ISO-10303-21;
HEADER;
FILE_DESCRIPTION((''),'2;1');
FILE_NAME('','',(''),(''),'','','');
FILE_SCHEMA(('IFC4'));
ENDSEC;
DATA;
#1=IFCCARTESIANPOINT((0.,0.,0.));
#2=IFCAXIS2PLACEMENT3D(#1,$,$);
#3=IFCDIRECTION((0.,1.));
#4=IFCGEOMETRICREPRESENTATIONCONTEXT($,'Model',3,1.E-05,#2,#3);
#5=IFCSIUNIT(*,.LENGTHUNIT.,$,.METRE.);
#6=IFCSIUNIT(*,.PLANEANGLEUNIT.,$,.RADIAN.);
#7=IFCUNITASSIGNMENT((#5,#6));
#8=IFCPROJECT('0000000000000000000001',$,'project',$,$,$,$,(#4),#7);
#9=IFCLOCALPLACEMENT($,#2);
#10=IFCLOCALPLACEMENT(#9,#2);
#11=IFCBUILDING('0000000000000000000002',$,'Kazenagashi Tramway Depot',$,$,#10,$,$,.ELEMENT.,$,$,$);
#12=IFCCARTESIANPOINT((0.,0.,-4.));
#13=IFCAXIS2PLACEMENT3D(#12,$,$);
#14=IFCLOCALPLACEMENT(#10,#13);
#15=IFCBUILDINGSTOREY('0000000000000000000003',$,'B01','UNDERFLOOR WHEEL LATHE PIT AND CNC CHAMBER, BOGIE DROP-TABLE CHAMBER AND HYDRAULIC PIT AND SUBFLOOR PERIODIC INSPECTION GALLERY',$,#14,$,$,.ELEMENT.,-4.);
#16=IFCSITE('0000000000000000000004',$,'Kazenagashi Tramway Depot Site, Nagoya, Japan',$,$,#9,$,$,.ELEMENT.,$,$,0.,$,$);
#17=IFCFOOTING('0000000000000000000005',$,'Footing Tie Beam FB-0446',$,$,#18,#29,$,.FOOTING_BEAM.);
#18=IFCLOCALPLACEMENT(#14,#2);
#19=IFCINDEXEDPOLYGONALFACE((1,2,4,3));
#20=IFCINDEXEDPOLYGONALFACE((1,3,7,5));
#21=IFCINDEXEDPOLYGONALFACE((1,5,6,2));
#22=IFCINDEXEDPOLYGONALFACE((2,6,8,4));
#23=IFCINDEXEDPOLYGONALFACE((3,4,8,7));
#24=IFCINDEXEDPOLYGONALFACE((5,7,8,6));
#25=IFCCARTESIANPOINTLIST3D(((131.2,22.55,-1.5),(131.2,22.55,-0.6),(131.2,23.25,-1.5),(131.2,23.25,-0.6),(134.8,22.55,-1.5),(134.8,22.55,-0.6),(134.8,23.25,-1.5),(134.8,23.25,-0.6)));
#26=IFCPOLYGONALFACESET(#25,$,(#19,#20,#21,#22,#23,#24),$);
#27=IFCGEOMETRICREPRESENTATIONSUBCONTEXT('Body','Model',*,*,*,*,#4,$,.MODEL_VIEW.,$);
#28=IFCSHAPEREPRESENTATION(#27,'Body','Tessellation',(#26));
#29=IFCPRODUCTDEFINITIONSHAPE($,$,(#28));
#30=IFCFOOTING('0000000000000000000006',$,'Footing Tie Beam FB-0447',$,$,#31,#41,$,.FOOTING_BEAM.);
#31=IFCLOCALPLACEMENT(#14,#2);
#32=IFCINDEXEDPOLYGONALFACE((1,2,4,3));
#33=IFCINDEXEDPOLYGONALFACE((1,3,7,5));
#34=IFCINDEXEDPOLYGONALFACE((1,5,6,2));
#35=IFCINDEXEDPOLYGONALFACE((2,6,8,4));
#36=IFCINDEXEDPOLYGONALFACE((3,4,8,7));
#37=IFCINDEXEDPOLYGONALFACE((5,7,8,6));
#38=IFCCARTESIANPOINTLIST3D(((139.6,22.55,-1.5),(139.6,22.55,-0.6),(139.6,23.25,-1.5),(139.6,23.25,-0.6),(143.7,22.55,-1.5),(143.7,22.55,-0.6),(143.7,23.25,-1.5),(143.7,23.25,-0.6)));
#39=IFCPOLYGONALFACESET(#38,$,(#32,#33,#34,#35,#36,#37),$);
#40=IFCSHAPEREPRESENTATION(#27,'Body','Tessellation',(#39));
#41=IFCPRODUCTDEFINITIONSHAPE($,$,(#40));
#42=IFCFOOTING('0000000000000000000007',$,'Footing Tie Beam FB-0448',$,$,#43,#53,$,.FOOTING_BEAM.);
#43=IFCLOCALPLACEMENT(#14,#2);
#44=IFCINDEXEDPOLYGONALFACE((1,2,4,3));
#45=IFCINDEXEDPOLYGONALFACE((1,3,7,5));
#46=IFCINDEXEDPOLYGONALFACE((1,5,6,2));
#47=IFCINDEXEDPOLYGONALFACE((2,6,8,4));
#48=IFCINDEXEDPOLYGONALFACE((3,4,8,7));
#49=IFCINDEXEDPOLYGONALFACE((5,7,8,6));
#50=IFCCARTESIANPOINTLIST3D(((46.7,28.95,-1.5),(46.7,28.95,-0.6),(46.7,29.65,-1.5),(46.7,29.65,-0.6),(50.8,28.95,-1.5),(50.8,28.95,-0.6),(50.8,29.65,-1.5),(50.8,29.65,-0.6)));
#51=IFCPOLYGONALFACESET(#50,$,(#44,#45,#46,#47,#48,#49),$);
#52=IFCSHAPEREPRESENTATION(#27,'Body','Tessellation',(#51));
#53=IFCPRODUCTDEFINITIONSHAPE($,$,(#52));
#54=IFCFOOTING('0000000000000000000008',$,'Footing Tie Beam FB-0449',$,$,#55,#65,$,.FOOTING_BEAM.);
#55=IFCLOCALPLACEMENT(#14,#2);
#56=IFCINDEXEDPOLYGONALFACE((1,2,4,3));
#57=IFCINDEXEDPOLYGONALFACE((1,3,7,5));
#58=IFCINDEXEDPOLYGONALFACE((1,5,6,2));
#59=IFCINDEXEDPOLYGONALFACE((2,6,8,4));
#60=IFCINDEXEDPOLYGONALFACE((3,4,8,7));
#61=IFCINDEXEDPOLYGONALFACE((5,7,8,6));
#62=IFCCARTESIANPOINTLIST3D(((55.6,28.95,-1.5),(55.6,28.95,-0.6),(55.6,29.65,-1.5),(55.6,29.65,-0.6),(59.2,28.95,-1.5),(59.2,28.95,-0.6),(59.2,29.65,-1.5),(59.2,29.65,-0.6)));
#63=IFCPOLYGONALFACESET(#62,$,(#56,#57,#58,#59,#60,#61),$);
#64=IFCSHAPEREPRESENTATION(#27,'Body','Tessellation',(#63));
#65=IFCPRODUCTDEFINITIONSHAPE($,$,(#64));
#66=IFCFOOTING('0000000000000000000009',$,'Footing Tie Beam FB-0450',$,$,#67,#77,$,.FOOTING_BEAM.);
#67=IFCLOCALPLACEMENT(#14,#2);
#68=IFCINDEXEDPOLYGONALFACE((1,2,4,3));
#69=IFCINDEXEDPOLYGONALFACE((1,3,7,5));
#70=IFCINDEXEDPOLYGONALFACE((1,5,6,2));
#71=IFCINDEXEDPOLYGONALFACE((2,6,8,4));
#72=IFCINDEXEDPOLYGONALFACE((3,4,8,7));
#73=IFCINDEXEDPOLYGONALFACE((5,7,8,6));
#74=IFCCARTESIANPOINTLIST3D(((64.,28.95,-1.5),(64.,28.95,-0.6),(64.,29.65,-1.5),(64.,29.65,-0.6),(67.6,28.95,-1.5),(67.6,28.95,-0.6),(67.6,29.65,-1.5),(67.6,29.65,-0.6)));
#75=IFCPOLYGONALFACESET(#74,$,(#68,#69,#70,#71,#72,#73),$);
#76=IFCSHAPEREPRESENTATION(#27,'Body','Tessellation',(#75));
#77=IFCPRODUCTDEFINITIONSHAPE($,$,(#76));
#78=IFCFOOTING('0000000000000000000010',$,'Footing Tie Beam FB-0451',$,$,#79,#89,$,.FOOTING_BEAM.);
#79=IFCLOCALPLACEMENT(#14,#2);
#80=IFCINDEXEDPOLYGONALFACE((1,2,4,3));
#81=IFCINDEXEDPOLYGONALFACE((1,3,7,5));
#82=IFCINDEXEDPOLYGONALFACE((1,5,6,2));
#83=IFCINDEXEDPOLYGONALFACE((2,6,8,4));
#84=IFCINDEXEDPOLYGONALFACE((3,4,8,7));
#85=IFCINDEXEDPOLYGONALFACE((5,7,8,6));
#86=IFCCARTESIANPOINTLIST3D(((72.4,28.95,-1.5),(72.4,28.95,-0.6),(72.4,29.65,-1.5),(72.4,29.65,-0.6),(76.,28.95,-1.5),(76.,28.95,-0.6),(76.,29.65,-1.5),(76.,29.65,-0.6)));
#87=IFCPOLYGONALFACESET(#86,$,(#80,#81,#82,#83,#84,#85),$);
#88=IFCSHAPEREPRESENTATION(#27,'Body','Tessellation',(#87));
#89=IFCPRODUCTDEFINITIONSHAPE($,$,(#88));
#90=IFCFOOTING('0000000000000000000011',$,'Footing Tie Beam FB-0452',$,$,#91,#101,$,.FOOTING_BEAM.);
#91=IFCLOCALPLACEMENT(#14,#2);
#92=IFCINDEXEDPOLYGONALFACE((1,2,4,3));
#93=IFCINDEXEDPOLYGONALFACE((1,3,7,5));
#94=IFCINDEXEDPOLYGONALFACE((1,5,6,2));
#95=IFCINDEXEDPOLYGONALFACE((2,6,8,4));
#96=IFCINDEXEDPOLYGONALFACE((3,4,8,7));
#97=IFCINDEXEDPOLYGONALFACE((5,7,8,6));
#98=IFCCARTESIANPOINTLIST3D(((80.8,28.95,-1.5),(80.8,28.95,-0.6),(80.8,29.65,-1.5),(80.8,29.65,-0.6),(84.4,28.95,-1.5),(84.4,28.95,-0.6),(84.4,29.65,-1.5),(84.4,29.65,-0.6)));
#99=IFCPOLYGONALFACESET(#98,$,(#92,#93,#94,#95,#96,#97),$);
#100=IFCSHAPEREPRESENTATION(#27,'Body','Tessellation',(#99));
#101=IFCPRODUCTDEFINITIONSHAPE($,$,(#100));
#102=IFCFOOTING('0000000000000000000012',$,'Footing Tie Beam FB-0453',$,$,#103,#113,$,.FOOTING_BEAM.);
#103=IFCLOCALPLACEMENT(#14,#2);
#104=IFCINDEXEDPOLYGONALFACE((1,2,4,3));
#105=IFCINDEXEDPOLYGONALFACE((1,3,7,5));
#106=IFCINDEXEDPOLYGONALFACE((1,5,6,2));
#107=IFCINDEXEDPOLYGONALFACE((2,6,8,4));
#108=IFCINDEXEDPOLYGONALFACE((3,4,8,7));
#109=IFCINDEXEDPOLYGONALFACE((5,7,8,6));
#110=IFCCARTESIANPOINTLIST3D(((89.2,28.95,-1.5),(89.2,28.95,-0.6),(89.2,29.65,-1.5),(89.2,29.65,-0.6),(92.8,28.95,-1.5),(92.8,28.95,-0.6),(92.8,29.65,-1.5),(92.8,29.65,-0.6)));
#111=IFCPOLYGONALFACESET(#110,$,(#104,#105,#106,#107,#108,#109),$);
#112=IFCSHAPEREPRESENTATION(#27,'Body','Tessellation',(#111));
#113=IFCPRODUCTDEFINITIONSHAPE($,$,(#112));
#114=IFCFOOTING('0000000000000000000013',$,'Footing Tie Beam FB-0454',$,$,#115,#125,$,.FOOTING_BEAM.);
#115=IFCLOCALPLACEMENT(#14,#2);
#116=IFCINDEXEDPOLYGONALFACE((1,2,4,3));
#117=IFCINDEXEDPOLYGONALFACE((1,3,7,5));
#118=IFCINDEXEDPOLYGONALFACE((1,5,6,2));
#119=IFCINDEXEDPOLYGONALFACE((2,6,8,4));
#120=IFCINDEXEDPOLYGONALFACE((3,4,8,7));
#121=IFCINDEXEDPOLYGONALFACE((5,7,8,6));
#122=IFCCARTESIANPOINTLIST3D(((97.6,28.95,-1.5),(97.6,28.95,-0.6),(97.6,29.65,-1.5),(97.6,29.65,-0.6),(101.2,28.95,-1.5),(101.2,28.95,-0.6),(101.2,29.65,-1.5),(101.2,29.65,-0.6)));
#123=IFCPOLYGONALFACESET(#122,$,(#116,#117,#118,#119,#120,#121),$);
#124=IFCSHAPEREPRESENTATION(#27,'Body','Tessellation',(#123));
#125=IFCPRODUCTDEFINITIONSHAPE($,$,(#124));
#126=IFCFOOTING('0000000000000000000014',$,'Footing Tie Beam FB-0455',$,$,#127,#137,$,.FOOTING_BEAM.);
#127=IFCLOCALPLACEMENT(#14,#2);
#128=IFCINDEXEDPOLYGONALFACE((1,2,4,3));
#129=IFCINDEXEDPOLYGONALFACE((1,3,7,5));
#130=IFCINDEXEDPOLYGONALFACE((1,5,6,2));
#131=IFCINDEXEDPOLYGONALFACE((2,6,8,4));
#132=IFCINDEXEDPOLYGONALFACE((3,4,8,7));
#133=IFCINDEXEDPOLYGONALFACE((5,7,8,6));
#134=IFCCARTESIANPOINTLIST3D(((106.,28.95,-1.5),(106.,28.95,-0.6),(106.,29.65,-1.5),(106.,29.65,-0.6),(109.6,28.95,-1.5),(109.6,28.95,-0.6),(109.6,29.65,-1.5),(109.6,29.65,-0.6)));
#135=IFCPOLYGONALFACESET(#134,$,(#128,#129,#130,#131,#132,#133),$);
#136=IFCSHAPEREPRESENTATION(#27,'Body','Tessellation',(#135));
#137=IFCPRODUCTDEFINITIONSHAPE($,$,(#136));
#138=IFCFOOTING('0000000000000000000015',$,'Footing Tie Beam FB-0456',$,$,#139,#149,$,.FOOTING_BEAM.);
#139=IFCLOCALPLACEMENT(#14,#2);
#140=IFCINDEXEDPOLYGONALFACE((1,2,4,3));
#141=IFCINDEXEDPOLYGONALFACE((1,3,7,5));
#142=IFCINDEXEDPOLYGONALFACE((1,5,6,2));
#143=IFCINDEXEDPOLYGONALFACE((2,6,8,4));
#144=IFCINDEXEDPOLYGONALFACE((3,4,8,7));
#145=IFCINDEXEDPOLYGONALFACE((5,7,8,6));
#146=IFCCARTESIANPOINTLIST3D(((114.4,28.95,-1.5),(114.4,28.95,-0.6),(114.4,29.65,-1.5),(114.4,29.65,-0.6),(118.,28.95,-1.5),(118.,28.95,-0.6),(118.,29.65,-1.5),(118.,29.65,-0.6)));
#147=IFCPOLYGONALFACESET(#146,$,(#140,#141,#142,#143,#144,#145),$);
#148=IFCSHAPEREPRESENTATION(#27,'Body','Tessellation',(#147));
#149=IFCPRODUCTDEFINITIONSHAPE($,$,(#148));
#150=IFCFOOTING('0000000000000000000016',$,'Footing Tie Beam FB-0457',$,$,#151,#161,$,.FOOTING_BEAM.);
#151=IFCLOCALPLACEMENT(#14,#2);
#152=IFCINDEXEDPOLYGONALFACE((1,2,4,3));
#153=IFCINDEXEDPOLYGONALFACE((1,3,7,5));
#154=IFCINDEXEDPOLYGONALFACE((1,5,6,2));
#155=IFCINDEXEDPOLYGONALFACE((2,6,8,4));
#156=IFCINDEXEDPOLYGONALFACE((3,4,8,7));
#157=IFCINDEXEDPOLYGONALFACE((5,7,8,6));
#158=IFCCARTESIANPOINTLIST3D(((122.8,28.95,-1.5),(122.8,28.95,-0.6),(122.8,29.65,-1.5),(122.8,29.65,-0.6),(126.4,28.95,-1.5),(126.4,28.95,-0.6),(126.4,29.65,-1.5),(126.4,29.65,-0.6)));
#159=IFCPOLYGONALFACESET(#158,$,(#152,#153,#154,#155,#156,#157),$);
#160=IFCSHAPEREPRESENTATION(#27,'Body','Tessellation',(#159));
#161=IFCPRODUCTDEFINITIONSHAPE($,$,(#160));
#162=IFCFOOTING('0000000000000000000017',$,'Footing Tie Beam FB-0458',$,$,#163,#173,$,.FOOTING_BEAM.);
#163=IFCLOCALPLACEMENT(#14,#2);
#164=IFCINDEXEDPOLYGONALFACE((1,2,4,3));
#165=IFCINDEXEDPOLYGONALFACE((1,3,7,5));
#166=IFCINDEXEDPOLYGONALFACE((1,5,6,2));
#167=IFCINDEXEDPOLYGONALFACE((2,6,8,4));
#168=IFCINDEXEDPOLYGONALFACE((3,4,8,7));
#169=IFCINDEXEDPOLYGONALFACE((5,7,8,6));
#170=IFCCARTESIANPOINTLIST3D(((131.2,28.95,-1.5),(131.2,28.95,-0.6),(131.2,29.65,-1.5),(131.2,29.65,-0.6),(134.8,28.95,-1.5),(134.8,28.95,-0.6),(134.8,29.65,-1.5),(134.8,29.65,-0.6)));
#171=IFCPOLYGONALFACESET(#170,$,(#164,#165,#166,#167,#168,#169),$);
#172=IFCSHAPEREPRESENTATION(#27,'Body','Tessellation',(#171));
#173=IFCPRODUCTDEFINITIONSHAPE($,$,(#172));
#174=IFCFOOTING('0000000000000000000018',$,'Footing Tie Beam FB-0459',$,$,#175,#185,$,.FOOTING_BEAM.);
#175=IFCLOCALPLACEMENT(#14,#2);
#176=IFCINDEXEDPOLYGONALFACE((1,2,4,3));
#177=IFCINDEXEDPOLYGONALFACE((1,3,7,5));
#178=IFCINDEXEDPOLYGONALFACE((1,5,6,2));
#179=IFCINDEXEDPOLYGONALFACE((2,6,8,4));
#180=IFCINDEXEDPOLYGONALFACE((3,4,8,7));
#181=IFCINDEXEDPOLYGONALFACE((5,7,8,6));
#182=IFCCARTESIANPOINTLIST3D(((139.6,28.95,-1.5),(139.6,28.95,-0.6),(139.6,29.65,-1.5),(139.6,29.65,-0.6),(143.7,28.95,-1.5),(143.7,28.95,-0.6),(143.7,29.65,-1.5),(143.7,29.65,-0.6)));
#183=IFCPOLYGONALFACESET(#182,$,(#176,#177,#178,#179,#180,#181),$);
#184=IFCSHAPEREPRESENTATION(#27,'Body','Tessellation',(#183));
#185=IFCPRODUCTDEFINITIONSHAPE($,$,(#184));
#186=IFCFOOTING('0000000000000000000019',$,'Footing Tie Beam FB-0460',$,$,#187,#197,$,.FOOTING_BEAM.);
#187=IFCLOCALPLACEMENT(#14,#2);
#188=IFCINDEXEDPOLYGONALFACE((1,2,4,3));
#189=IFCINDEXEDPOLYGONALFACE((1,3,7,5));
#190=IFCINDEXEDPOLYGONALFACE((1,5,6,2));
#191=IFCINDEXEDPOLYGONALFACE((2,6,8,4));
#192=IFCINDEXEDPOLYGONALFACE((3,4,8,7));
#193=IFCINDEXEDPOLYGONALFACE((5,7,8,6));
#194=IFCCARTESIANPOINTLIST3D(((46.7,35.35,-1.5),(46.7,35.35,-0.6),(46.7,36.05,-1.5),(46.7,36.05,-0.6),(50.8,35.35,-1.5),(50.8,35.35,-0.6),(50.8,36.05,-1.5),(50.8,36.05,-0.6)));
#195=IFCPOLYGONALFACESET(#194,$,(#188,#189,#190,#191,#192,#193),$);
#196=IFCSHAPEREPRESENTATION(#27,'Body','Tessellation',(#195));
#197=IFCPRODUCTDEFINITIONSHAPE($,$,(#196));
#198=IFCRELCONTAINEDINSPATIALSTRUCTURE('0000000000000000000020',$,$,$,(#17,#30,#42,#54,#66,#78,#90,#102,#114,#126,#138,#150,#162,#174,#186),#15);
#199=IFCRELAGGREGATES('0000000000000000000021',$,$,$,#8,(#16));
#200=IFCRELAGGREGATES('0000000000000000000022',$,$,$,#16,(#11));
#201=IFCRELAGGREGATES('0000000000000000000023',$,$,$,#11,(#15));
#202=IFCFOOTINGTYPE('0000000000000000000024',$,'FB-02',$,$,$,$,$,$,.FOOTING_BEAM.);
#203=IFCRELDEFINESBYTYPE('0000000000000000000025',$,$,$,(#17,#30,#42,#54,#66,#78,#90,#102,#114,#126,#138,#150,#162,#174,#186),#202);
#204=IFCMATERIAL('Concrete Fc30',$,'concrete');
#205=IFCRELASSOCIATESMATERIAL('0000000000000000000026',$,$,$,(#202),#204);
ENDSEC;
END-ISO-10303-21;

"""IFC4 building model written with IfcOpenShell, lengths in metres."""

from ifc_helpers import new_model, si_unit, direction, frame, origin, place, context, subcontext, project, spatial, polyline, outline, extrude, material, type_object, element, save


model = new_model("IFC4")

# Units and contexts
model_context = context("Model", 3, precision=1e-05, world=origin(), true_north=direction((0.0, 1.0)))
body_context = subcontext(model_context, "Body", "Model", "MODEL_VIEW")
ifc_project = project(units=[si_unit("LENGTHUNIT", "METRE"), si_unit("PLANEANGLEUNIT", "RADIAN")], contexts=[model_context])

# Site, building, storey
site_placement = place(None, origin())
site = spatial("IfcSite", under=ifc_project, at=site_placement, Name="Kazenagashi Tramway Depot Site, Nagoya, Japan", CompositionType="ELEMENT", RefElevation=0.0)
building_placement = place(site_placement, origin())
building = spatial("IfcBuilding", under=site, at=building_placement, Name="Kazenagashi Tramway Depot", CompositionType="ELEMENT")
storey_placement = place(building_placement, frame((0.0, 0.0, -4.0)))
storey = spatial("IfcBuildingStorey", under=building, at=storey_placement, Name="B01", Description="UNDERFLOOR WHEEL LATHE PIT AND CNC CHAMBER, BOGIE DROP-TABLE CHAMBER AND HYDRAULIC PIT AND SUBFLOOR PERIODIC INSPECTION GALLERY", CompositionType="ELEMENT", Elevation=-4.0)

# Footings
ifc_material = material(Name="Concrete Fc30", Category="concrete")
footing_type = type_object("IfcFootingType", Name="FB-02", PredefinedType="FOOTING_BEAM", material=ifc_material)
footing_1_placement = place(storey_placement, frame((0.0, 0.0, -1.5)))
element("IfcFooting", 1, at=footing_1_placement, inside=storey, type_object=footing_type, Name="Footing Tie Beam FB-0446", PredefinedType="FOOTING_BEAM", context=body_context, shape_type="SweptSolid", body=[
    extrude(outline(polyline([(131.2, 22.55), (134.8, 22.55), (134.8, 23.25), (131.2, 23.25), (131.2, 22.55)])), origin(), (0.0, 0.0, 1.0), 0.9),
])
footing_2_placement = place(storey_placement, frame((0.0, 0.0, -1.5)))
element("IfcFooting", 2, at=footing_2_placement, inside=storey, type_object=footing_type, Name="Footing Tie Beam FB-0447", PredefinedType="FOOTING_BEAM", context=body_context, shape_type="SweptSolid", body=[
    extrude(outline(polyline([(139.6, 22.55), (143.7, 22.55), (143.7, 23.25), (139.6, 23.25), (139.6, 22.55)])), origin(), (0.0, 0.0, 1.0), 0.9),
])
footing_3_placement = place(storey_placement, frame((0.0, 0.0, -1.5)))
element("IfcFooting", 3, at=footing_3_placement, inside=storey, type_object=footing_type, Name="Footing Tie Beam FB-0448", PredefinedType="FOOTING_BEAM", context=body_context, shape_type="SweptSolid", body=[
    extrude(outline(polyline([(46.7, 28.95), (50.8, 28.95), (50.8, 29.65), (46.7, 29.65), (46.7, 28.95)])), origin(), (0.0, 0.0, 1.0), 0.9),
])
footing_4_placement = place(storey_placement, frame((0.0, 0.0, -1.5)))
element("IfcFooting", 4, at=footing_4_placement, inside=storey, type_object=footing_type, Name="Footing Tie Beam FB-0449", PredefinedType="FOOTING_BEAM", context=body_context, shape_type="SweptSolid", body=[
    extrude(outline(polyline([(55.6, 28.95), (59.2, 28.95), (59.2, 29.65), (55.6, 29.65), (55.6, 28.95)])), origin(), (0.0, 0.0, 1.0), 0.9),
])
footing_5_placement = place(storey_placement, frame((0.0, 0.0, -1.5)))
element("IfcFooting", 5, at=footing_5_placement, inside=storey, type_object=footing_type, Name="Footing Tie Beam FB-0450", PredefinedType="FOOTING_BEAM", context=body_context, shape_type="SweptSolid", body=[
    extrude(outline(polyline([(64.0, 28.95), (67.6, 28.95), (67.6, 29.65), (64.0, 29.65), (64.0, 28.95)])), origin(), (0.0, 0.0, 1.0), 0.9),
])
footing_6_placement = place(storey_placement, frame((0.0, 0.0, -1.5)))
element("IfcFooting", 6, at=footing_6_placement, inside=storey, type_object=footing_type, Name="Footing Tie Beam FB-0451", PredefinedType="FOOTING_BEAM", context=body_context, shape_type="SweptSolid", body=[
    extrude(outline(polyline([(72.4, 28.95), (76.0, 28.95), (76.0, 29.65), (72.4, 29.65), (72.4, 28.95)])), origin(), (0.0, 0.0, 1.0), 0.9),
])
footing_7_placement = place(storey_placement, frame((0.0, 0.0, -1.5)))
element("IfcFooting", 7, at=footing_7_placement, inside=storey, type_object=footing_type, Name="Footing Tie Beam FB-0452", PredefinedType="FOOTING_BEAM", context=body_context, shape_type="SweptSolid", body=[
    extrude(outline(polyline([(80.8, 28.95), (84.4, 28.95), (84.4, 29.65), (80.8, 29.65), (80.8, 28.95)])), origin(), (0.0, 0.0, 1.0), 0.9),
])
footing_8_placement = place(storey_placement, frame((0.0, 0.0, -1.5)))
element("IfcFooting", 8, at=footing_8_placement, inside=storey, type_object=footing_type, Name="Footing Tie Beam FB-0453", PredefinedType="FOOTING_BEAM", context=body_context, shape_type="SweptSolid", body=[
    extrude(outline(polyline([(89.2, 28.95), (92.8, 28.95), (92.8, 29.65), (89.2, 29.65), (89.2, 28.95)])), origin(), (0.0, 0.0, 1.0), 0.9),
])
footing_9_placement = place(storey_placement, frame((0.0, 0.0, -1.5)))
element("IfcFooting", 9, at=footing_9_placement, inside=storey, type_object=footing_type, Name="Footing Tie Beam FB-0454", PredefinedType="FOOTING_BEAM", context=body_context, shape_type="SweptSolid", body=[
    extrude(outline(polyline([(97.6, 28.95), (101.2, 28.95), (101.2, 29.65), (97.6, 29.65), (97.6, 28.95)])), origin(), (0.0, 0.0, 1.0), 0.9),
])
footing_10_placement = place(storey_placement, frame((0.0, 0.0, -1.5)))
element("IfcFooting", 10, at=footing_10_placement, inside=storey, type_object=footing_type, Name="Footing Tie Beam FB-0455", PredefinedType="FOOTING_BEAM", context=body_context, shape_type="SweptSolid", body=[
    extrude(outline(polyline([(106.0, 28.95), (109.6, 28.95), (109.6, 29.65), (106.0, 29.65), (106.0, 28.95)])), origin(), (0.0, 0.0, 1.0), 0.9),
])
footing_11_placement = place(storey_placement, frame((0.0, 0.0, -1.5)))
element("IfcFooting", 11, at=footing_11_placement, inside=storey, type_object=footing_type, Name="Footing Tie Beam FB-0456", PredefinedType="FOOTING_BEAM", context=body_context, shape_type="SweptSolid", body=[
    extrude(outline(polyline([(114.4, 28.95), (118.0, 28.95), (118.0, 29.65), (114.4, 29.65), (114.4, 28.95)])), origin(), (0.0, 0.0, 1.0), 0.9),
])
footing_12_placement = place(storey_placement, frame((0.0, 0.0, -1.5)))
element("IfcFooting", 12, at=footing_12_placement, inside=storey, type_object=footing_type, Name="Footing Tie Beam FB-0457", PredefinedType="FOOTING_BEAM", context=body_context, shape_type="SweptSolid", body=[
    extrude(outline(polyline([(122.8, 28.95), (126.4, 28.95), (126.4, 29.65), (122.8, 29.65), (122.8, 28.95)])), origin(), (0.0, 0.0, 1.0), 0.9),
])
footing_13_placement = place(storey_placement, frame((0.0, 0.0, -1.5)))
element("IfcFooting", 13, at=footing_13_placement, inside=storey, type_object=footing_type, Name="Footing Tie Beam FB-0458", PredefinedType="FOOTING_BEAM", context=body_context, shape_type="SweptSolid", body=[
    extrude(outline(polyline([(131.2, 28.95), (134.8, 28.95), (134.8, 29.65), (131.2, 29.65), (131.2, 28.95)])), origin(), (0.0, 0.0, 1.0), 0.9),
])
footing_14_placement = place(storey_placement, frame((0.0, 0.0, -1.5)))
element("IfcFooting", 14, at=footing_14_placement, inside=storey, type_object=footing_type, Name="Footing Tie Beam FB-0459", PredefinedType="FOOTING_BEAM", context=body_context, shape_type="SweptSolid", body=[
    extrude(outline(polyline([(139.6, 28.95), (143.7, 28.95), (143.7, 29.65), (139.6, 29.65), (139.6, 28.95)])), origin(), (0.0, 0.0, 1.0), 0.9),
])
footing_15_placement = place(storey_placement, frame((0.0, 0.0, -1.5)))
element("IfcFooting", 15, at=footing_15_placement, inside=storey, type_object=footing_type, Name="Footing Tie Beam FB-0460", PredefinedType="FOOTING_BEAM", context=body_context, shape_type="SweptSolid", body=[
    extrude(outline(polyline([(46.7, 35.35), (50.8, 35.35), (50.8, 36.05), (46.7, 36.05), (46.7, 35.35)])), origin(), (0.0, 0.0, 1.0), 0.9),
])

save(model, "model.ifc")
